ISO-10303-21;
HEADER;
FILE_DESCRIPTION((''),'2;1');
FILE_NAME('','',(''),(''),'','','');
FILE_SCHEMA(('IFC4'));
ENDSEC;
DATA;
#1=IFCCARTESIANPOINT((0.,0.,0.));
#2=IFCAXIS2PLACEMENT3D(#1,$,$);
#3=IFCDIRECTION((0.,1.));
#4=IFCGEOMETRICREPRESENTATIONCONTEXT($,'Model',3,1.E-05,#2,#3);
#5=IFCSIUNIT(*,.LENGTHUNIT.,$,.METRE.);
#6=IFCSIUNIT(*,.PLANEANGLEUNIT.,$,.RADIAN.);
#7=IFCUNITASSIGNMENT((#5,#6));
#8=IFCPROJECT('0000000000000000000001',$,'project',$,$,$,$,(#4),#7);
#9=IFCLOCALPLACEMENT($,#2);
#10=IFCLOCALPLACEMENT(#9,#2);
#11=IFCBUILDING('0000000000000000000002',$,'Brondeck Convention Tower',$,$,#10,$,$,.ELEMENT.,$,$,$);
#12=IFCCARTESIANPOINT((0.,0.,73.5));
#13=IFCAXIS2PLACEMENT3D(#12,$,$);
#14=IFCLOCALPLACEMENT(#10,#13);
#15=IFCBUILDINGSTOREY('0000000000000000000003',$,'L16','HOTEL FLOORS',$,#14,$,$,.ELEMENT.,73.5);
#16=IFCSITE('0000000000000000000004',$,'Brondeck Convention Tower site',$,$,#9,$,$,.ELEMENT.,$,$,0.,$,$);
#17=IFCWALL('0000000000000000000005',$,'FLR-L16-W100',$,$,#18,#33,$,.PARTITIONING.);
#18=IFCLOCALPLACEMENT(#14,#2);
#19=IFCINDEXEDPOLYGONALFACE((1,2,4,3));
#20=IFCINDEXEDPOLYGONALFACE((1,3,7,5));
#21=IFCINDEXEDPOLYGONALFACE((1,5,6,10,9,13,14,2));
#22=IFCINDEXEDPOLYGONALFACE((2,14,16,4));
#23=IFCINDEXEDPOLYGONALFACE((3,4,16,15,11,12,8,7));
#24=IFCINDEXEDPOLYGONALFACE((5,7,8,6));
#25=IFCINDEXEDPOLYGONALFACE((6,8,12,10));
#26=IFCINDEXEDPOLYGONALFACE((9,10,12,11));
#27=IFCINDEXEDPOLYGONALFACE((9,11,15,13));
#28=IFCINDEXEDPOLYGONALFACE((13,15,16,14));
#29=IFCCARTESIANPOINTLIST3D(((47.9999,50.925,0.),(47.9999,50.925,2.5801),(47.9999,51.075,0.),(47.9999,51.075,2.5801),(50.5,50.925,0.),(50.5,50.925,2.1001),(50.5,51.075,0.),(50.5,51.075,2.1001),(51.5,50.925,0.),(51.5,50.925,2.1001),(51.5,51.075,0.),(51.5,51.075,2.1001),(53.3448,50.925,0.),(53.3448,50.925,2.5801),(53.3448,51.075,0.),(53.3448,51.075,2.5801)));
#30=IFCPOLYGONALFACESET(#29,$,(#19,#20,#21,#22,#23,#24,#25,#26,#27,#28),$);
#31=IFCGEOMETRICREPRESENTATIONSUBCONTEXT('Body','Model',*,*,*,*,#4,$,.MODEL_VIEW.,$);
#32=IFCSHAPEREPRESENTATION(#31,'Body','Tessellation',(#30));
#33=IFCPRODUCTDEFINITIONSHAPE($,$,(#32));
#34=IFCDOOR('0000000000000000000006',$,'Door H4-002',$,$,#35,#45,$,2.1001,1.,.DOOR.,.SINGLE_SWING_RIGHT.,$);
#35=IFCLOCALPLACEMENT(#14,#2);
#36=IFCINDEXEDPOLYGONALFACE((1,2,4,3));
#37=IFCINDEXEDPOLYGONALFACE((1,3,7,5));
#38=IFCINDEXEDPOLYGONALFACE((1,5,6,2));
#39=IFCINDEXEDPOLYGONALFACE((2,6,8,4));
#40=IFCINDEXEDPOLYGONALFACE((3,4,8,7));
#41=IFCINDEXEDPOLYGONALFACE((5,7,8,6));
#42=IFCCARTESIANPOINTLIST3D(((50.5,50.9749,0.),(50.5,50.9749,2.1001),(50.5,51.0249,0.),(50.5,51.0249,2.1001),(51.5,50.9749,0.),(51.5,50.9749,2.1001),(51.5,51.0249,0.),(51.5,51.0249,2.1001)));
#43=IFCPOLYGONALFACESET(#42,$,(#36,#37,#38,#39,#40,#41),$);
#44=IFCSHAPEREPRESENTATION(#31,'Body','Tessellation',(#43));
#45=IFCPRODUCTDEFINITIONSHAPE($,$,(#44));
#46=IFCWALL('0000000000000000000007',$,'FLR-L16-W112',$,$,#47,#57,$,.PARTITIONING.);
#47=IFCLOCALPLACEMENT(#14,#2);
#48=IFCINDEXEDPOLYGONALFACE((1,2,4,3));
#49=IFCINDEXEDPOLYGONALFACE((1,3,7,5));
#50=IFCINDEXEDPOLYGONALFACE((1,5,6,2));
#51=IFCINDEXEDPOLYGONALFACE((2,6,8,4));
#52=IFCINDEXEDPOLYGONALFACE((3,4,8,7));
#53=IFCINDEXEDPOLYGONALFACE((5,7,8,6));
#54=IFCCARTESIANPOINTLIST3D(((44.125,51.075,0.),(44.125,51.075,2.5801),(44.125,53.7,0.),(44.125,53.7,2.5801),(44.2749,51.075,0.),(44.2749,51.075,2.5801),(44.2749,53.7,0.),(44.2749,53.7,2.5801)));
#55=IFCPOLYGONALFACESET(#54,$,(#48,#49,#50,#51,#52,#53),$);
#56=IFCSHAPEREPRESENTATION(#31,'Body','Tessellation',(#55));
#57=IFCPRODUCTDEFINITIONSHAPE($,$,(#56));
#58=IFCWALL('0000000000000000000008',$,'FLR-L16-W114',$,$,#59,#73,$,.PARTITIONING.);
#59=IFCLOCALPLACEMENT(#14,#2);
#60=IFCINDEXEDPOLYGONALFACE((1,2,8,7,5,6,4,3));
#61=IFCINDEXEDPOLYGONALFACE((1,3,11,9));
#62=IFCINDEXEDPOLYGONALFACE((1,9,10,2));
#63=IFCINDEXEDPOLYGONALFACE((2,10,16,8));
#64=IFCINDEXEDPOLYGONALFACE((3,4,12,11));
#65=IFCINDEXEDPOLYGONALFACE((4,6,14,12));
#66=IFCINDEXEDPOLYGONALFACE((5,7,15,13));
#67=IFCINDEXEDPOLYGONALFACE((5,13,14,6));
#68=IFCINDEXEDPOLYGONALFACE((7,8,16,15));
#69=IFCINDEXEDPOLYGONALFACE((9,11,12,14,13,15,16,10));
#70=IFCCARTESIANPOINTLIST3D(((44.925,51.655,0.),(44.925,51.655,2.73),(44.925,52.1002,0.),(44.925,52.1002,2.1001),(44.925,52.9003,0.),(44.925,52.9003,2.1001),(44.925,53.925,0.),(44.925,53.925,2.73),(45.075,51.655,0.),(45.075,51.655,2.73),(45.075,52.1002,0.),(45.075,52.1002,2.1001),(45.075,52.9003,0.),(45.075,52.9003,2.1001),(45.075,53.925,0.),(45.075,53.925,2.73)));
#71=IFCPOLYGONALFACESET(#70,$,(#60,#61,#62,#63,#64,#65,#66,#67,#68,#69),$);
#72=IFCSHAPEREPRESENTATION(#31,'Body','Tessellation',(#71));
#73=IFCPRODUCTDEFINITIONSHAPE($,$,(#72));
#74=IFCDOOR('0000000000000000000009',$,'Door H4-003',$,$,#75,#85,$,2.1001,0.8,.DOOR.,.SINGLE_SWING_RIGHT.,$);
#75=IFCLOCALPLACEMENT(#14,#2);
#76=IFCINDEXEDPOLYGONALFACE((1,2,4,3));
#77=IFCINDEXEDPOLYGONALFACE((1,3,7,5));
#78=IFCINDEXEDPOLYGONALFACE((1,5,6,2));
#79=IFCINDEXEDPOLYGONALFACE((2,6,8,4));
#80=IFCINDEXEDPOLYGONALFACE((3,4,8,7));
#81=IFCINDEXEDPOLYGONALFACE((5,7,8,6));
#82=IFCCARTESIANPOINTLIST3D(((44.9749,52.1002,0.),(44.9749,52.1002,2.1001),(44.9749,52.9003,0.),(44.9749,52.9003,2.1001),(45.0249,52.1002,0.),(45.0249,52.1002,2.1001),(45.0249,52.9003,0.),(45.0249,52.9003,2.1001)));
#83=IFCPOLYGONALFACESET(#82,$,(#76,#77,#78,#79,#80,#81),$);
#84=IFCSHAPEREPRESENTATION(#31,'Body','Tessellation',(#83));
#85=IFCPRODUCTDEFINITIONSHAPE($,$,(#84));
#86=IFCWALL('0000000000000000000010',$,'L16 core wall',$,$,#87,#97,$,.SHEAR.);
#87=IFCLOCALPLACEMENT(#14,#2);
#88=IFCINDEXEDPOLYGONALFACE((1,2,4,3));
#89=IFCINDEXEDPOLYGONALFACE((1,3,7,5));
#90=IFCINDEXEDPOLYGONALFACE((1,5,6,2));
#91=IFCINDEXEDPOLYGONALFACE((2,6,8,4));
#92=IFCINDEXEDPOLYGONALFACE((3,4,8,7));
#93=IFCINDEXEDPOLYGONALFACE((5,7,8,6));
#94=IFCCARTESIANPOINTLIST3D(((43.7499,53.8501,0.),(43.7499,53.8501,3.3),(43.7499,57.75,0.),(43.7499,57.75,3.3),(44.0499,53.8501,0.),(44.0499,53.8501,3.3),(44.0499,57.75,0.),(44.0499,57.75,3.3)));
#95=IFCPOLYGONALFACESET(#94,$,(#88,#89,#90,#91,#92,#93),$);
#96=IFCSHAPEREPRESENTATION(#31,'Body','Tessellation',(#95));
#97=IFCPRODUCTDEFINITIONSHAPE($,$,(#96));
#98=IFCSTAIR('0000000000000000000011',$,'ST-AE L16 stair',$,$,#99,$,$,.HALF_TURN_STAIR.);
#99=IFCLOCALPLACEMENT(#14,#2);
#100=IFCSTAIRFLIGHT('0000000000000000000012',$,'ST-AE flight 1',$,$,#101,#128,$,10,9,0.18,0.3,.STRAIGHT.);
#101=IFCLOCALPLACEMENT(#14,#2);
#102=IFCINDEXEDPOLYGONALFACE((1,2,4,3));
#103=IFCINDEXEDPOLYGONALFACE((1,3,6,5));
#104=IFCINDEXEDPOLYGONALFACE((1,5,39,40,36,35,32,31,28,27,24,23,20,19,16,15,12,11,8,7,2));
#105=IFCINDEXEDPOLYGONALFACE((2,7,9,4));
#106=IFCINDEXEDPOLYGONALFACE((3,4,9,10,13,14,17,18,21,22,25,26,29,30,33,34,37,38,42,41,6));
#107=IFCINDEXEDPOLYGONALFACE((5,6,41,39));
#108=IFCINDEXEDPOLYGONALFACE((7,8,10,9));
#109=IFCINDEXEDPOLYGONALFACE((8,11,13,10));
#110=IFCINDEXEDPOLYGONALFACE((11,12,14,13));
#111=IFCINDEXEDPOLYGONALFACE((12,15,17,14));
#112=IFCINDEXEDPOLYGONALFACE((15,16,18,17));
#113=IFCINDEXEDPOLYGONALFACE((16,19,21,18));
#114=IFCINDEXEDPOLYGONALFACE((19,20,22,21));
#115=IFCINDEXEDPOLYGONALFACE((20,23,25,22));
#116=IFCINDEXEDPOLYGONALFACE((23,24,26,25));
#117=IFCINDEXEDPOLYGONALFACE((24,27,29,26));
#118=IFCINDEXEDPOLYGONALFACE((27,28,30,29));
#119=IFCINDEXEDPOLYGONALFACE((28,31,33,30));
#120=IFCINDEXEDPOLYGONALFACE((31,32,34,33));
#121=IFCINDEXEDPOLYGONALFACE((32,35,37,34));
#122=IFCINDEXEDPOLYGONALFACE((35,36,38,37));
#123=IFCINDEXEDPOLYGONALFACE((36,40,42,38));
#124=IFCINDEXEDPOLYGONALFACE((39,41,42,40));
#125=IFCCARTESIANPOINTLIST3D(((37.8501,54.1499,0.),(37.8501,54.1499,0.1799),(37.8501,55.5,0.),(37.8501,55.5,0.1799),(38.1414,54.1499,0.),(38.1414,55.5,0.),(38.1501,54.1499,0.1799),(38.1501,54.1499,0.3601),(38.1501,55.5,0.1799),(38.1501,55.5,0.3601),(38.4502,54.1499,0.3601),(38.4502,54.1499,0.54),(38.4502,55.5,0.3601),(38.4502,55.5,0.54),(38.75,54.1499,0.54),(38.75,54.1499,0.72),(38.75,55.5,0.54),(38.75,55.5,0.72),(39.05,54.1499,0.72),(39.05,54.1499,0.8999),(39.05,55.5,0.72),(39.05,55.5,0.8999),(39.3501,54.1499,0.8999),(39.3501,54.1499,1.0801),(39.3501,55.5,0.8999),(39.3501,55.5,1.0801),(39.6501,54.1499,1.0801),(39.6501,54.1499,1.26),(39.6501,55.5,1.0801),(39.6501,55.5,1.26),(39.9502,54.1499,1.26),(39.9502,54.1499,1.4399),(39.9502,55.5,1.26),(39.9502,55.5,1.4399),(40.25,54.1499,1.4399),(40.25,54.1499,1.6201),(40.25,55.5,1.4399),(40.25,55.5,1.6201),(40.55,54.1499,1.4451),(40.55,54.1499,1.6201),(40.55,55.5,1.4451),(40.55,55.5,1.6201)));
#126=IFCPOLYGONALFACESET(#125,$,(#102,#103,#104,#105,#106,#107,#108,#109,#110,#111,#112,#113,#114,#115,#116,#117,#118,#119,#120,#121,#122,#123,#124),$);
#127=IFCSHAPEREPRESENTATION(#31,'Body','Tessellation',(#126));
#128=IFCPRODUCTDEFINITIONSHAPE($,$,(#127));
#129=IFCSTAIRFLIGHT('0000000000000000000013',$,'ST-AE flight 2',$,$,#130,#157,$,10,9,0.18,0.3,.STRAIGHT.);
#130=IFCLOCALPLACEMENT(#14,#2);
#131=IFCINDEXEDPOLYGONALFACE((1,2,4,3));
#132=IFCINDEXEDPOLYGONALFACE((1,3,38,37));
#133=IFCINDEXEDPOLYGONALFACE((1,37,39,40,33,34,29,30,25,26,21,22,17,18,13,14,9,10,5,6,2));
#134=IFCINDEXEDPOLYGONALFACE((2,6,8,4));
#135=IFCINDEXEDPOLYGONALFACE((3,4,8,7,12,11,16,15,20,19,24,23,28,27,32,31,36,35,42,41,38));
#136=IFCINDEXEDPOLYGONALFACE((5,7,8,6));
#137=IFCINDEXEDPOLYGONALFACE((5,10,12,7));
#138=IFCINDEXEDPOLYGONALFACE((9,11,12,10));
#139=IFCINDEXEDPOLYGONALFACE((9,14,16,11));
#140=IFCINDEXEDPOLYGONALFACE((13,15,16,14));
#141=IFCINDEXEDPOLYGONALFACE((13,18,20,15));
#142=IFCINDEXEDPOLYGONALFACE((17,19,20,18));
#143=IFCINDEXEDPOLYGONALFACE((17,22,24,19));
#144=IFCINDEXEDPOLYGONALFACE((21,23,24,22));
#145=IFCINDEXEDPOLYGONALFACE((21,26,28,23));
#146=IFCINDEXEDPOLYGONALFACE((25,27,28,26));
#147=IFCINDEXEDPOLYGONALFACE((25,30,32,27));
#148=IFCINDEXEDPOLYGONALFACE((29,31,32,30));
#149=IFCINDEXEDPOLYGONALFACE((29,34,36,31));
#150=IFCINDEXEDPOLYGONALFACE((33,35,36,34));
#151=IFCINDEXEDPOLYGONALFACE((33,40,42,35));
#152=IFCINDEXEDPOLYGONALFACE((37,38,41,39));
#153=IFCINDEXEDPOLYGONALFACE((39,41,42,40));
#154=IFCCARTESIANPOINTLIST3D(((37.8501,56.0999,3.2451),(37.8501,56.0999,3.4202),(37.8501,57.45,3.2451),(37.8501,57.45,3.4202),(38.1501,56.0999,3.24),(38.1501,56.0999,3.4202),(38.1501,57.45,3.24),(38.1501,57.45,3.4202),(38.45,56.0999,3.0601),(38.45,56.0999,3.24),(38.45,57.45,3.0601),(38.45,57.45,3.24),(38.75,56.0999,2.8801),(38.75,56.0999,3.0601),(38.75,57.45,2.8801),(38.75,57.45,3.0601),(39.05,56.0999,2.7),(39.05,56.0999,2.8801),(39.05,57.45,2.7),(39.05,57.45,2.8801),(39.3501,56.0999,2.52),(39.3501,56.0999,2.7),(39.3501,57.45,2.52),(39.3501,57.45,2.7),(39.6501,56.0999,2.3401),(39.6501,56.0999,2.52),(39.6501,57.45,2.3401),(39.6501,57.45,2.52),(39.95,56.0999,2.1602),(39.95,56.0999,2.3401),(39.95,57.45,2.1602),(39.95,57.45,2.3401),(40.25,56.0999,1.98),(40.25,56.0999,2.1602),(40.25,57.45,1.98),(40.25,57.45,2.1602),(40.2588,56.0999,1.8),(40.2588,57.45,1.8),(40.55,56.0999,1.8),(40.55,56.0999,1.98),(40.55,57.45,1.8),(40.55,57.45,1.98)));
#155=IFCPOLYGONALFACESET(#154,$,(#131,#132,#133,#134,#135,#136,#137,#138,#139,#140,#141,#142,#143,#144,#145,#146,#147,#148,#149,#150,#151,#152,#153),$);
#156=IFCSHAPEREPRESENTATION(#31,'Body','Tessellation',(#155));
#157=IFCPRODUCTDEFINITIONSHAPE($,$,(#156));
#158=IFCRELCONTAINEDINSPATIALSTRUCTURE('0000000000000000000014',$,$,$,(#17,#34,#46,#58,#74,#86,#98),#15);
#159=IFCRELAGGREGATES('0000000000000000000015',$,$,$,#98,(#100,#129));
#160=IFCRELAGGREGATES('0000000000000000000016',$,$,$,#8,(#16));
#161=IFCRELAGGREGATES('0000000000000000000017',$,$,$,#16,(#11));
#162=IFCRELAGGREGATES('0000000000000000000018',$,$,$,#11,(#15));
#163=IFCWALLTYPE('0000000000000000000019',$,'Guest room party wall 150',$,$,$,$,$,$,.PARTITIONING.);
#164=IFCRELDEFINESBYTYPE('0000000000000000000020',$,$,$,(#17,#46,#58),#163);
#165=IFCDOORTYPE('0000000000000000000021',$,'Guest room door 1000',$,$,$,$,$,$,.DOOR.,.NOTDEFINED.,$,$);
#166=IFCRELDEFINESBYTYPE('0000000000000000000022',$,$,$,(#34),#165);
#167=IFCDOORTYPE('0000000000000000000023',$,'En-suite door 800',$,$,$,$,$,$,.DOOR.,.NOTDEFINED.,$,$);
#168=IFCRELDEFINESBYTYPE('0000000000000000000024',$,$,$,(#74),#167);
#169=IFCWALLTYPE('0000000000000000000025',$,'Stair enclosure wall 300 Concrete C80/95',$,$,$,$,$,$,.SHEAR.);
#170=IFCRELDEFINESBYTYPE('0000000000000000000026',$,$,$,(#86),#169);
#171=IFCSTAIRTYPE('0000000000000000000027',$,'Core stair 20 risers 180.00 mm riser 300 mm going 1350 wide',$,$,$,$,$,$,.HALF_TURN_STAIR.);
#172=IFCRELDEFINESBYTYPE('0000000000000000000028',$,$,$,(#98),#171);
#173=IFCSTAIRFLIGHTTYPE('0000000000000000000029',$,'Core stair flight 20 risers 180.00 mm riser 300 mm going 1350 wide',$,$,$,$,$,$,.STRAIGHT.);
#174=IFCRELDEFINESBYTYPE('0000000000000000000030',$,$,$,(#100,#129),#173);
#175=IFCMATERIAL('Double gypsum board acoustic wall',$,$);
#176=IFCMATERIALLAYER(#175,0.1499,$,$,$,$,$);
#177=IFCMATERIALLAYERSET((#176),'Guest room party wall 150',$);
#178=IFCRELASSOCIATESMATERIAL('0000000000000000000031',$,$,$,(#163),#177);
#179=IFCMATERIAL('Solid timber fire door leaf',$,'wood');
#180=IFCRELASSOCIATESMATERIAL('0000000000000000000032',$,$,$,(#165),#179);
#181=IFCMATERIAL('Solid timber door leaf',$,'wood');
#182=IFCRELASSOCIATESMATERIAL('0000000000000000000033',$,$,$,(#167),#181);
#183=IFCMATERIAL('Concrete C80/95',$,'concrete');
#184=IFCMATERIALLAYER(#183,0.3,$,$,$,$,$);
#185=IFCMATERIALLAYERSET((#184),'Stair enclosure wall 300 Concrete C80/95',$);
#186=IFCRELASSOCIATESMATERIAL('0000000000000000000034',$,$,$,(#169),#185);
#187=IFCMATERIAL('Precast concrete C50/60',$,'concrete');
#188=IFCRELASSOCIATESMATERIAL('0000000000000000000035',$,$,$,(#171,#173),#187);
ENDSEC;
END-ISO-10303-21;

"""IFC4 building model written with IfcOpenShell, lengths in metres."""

from ifc_helpers import new_model, si_unit, direction, frame, frame_2d, origin, place, context, subcontext, project, spatial, polyline, rectangle, outline, extrude, material, layer, layer_set, type_object, element, fill, aggregate, save


model = new_model("IFC4")

# Units and contexts
model_context = context("Model", 3, precision=1e-05, world=origin(), true_north=direction((0.0, 1.0)))
body_context = subcontext(model_context, "Body", "Model", "MODEL_VIEW")
ifc_project = project(units=[si_unit("LENGTHUNIT", "METRE"), si_unit("PLANEANGLEUNIT", "RADIAN")], contexts=[model_context])

# Site, building, storey
site_placement = place(None, origin())
site = spatial("IfcSite", under=ifc_project, at=site_placement, Name="Brondeck Convention Tower site", CompositionType="ELEMENT", RefElevation=0.0)
building_placement = place(site_placement, origin())
building = spatial("IfcBuilding", under=site, at=building_placement, Name="Brondeck Convention Tower", CompositionType="ELEMENT")
storey_placement = place(building_placement, frame((0.0, 0.0, 73.5)))
storey = spatial("IfcBuildingStorey", under=building, at=storey_placement, Name="L16", Description="HOTEL FLOORS", CompositionType="ELEMENT", Elevation=73.5)

# Shared definitions
ifc_material_1 = material(Name="Concrete C80/95", Category="concrete")

# Shared definitions
ifc_material_2 = material(Name="Double gypsum board acoustic wall")
ifc_layer_1 = layer(ifc_material_2, 0.1499)
ifc_layer_set_1 = layer_set([ifc_layer_1], Name="Guest room party wall 150")
wall_type_1 = type_object("IfcWallType", Name="Guest room party wall 150", PredefinedType="PARTITIONING", material=ifc_layer_set_1)

# Wall, opening, door
wall_1_placement = place(storey_placement, frame((48.0, 51.0, 0.0), z_axis=(0.0, 0.0, 1.0), x_axis=(1.0, 0.0, 0.0)))
wall_1 = element("IfcWall", 1, at=wall_1_placement, inside=storey, type_object=wall_type_1, Name="FLR-L16-W100", PredefinedType="PARTITIONING", context=body_context, shape_type="SweptSolid", body=[
    extrude(rectangle(XDim=5.345, YDim=0.1499, at=frame_2d((2.6724, 0.0))), origin(), (0.0, 0.0, 1.0), 2.5801),
])
opening_1_placement = place(wall_1_placement, frame((2.5, 0.0, 0.0)))
opening_1 = element("IfcOpeningElement", 2, at=opening_1_placement, cuts=wall_1, PredefinedType="OPENING", context=body_context, shape_type="SweptSolid", body=[
    extrude(rectangle(XDim=1.0, YDim=2.1001, at=frame_2d((0.5, 1.05))), frame((0.0, 0.085, 0.0), z_axis=(0.0, -1.0, 0.0), x_axis=(1.0, 0.0, 0.0)), (0.0, 0.0, 1.0), 0.1699),
])
ifc_material_3 = material(Name="Solid timber fire door leaf", Category="wood")
door_type_1 = type_object("IfcDoorType", Name="Guest room door 1000", OperationType="NOTDEFINED", PredefinedType="DOOR", material=ifc_material_3)
door_1_placement = place(opening_1_placement, origin())
door_1 = element("IfcDoor", 3, at=door_1_placement, inside=storey, type_object=door_type_1, Name="Door H4-002", OperationType="SINGLE_SWING_RIGHT", OverallHeight=2.1001, OverallWidth=1.0, PredefinedType="DOOR", context=body_context, shape_type="SweptSolid", body=[
    extrude(rectangle(XDim=1.0, YDim=2.1001, at=frame_2d((0.5, 1.05))), frame((0.0, 0.0249, 0.0), z_axis=(0.0, -1.0, 0.0), x_axis=(1.0, 0.0, 0.0)), (0.0, 0.0, 1.0), 0.05),
])
fill(opening_1, door_1)

# Wall
wall_2_placement = place(storey_placement, frame((44.2, 53.7, 0.0), z_axis=(0.0, 0.0, 1.0), x_axis=(0.0, -1.0, 0.0)))
element("IfcWall", 4, at=wall_2_placement, inside=storey, type_object=wall_type_1, Name="FLR-L16-W112", PredefinedType="PARTITIONING", context=body_context, shape_type="SweptSolid", body=[
    extrude(rectangle(XDim=2.625, YDim=0.1499, at=frame_2d((1.3125, 0.0))), origin(), (0.0, 0.0, 1.0), 2.5801),
])

# Wall, opening, door
wall_3_placement = place(storey_placement, frame((45.0, 53.925, 0.0), z_axis=(0.0, 0.0, 1.0), x_axis=(0.0, -1.0, 0.0)))
wall_3 = element("IfcWall", 5, at=wall_3_placement, inside=storey, type_object=wall_type_1, Name="FLR-L16-W114", PredefinedType="PARTITIONING", context=body_context, shape_type="SweptSolid", body=[
    extrude(rectangle(XDim=2.27, YDim=0.1499, at=frame_2d((1.135, 0.0))), origin(), (0.0, 0.0, 1.0), 2.73),
])
opening_2_placement = place(wall_3_placement, frame((1.0249, 0.0, 0.0)))
opening_2 = element("IfcOpeningElement", 6, at=opening_2_placement, cuts=wall_3, PredefinedType="OPENING", context=body_context, shape_type="SweptSolid", body=[
    extrude(rectangle(XDim=0.8, YDim=2.1001, at=frame_2d((0.3999, 1.05))), frame((0.0, 0.085, 0.0), z_axis=(0.0, -1.0, 0.0), x_axis=(1.0, 0.0, 0.0)), (0.0, 0.0, 1.0), 0.1699),
])
ifc_material_4 = material(Name="Solid timber door leaf", Category="wood")
door_type_2 = type_object("IfcDoorType", Name="En-suite door 800", OperationType="NOTDEFINED", PredefinedType="DOOR", material=ifc_material_4)
door_2_placement = place(opening_2_placement, origin())
door_2 = element("IfcDoor", 7, at=door_2_placement, inside=storey, type_object=door_type_2, Name="Door H4-003", OperationType="SINGLE_SWING_RIGHT", OverallHeight=2.1001, OverallWidth=0.8, PredefinedType="DOOR", context=body_context, shape_type="SweptSolid", body=[
    extrude(rectangle(XDim=0.8, YDim=2.1001, at=frame_2d((0.3999, 1.05))), frame((0.0, 0.0249, 0.0), z_axis=(0.0, -1.0, 0.0), x_axis=(1.0, 0.0, 0.0)), (0.0, 0.0, 1.0), 0.05),
])
fill(opening_2, door_2)

# Wall
ifc_layer_2 = layer(ifc_material_1, 0.3)
ifc_layer_set_2 = layer_set([ifc_layer_2], Name="Stair enclosure wall 300 Concrete C80/95")
wall_type_2 = type_object("IfcWallType", Name="Stair enclosure wall 300 Concrete C80/95", PredefinedType="SHEAR", material=ifc_layer_set_2)
wall_4_placement = place(storey_placement, frame((43.8999, 53.8501, 0.0), z_axis=(0.0, 0.0, 1.0), x_axis=(0.0, 1.0, 0.0)))
element("IfcWall", 8, at=wall_4_placement, inside=storey, type_object=wall_type_2, Name="L16 core wall", PredefinedType="SHEAR", context=body_context, shape_type="SweptSolid", body=[
    extrude(rectangle(XDim=3.8999, YDim=0.3, at=frame_2d((1.95, 0.0))), origin(), (0.0, 0.0, 1.0), 3.3),
])

# Stair, stair flights
ifc_material_5 = material(Name="Precast concrete C50/60", Category="concrete")
stair_type = type_object("IfcStairType", Name="Core stair 20 risers 180.00 mm riser 300 mm going 1350 wide", PredefinedType="HALF_TURN_STAIR", material=ifc_material_5)
stair_placement = place(storey_placement, origin())
stair = element("IfcStair", 9, at=stair_placement, inside=storey, type_object=stair_type, Name="ST-AE L16 stair", PredefinedType="HALF_TURN_STAIR")
stair_flight_type = type_object("IfcStairFlightType", Name="Core stair flight 20 risers 180.00 mm riser 300 mm going 1350 wide", PredefinedType="STRAIGHT", material=ifc_material_5)
stair_flight_1_placement = place(storey_placement, frame((37.8501, 54.825, 0.0), z_axis=(0.0, 0.0, 1.0), x_axis=(1.0, 0.0, 0.0)))
stair_flight_1 = element("IfcStairFlight", 10, at=stair_flight_1_placement, type_object=stair_flight_type, Name="ST-AE flight 1", NumberOfRisers=10, NumberOfTreads=9, PredefinedType="STRAIGHT", RiserHeight=0.18, TreadLength=0.3, context=body_context, shape_type="SweptSolid", body=[
    extrude(outline(polyline([(0.0, 0.0), (0.0, 0.1799), (0.3, 0.1799), (0.3, 0.3601), (0.6001, 0.3601), (0.6001, 0.54), (0.8999, 0.54), (0.8999, 0.72), (1.2, 0.72), (1.2, 0.8999), (1.5, 0.8999), (1.5, 1.0801), (1.8, 1.0801), (1.8, 1.26), (2.1001, 1.26), (2.1001, 1.4399), (2.3999, 1.4399), (2.3999, 1.6201), (2.7, 1.6201), (2.7, 1.8), (2.7, 1.4451), (0.2913, 0.0), (0.0, 0.0)])), frame((0.0, 0.675, 0.0), z_axis=(0.0, -1.0, 0.0), x_axis=(1.0, 0.0, 0.0)), (0.0, 0.0, 1.0), 1.3501),
])
stair_flight_2_placement = place(storey_placement, frame((40.55, 56.7749, 1.8), z_axis=(0.0, 0.0, 1.0), x_axis=(-1.0, 0.0, 0.0)))
stair_flight_2 = element("IfcStairFlight", 11, at=stair_flight_2_placement, type_object=stair_flight_type, Name="ST-AE flight 2", NumberOfRisers=10, NumberOfTreads=9, PredefinedType="STRAIGHT", RiserHeight=0.18, TreadLength=0.3, context=body_context, shape_type="SweptSolid", body=[
    extrude(outline(polyline([(0.0, 0.0), (0.0, 0.1799), (0.3, 0.1799), (0.3, 0.3601), (0.6001, 0.3601), (0.6001, 0.54), (0.8999, 0.54), (0.8999, 0.72), (1.2, 0.72), (1.2, 0.8999), (1.5, 0.8999), (1.5, 1.0801), (1.8, 1.0801), (1.8, 1.26), (2.1001, 1.26), (2.1001, 1.4399), (2.3999, 1.4399), (2.3999, 1.6201), (2.7, 1.6201), (2.7, 1.8), (2.7, 1.4451), (0.2913, 0.0), (0.0, 0.0)])), frame((0.0, 0.675, 0.0), z_axis=(0.0, -1.0, 0.0), x_axis=(1.0, 0.0, 0.0)), (0.0, 0.0, 1.0), 1.3501),
])
aggregate(stair, [stair_flight_1, stair_flight_2])

save(model, "model.ifc")
